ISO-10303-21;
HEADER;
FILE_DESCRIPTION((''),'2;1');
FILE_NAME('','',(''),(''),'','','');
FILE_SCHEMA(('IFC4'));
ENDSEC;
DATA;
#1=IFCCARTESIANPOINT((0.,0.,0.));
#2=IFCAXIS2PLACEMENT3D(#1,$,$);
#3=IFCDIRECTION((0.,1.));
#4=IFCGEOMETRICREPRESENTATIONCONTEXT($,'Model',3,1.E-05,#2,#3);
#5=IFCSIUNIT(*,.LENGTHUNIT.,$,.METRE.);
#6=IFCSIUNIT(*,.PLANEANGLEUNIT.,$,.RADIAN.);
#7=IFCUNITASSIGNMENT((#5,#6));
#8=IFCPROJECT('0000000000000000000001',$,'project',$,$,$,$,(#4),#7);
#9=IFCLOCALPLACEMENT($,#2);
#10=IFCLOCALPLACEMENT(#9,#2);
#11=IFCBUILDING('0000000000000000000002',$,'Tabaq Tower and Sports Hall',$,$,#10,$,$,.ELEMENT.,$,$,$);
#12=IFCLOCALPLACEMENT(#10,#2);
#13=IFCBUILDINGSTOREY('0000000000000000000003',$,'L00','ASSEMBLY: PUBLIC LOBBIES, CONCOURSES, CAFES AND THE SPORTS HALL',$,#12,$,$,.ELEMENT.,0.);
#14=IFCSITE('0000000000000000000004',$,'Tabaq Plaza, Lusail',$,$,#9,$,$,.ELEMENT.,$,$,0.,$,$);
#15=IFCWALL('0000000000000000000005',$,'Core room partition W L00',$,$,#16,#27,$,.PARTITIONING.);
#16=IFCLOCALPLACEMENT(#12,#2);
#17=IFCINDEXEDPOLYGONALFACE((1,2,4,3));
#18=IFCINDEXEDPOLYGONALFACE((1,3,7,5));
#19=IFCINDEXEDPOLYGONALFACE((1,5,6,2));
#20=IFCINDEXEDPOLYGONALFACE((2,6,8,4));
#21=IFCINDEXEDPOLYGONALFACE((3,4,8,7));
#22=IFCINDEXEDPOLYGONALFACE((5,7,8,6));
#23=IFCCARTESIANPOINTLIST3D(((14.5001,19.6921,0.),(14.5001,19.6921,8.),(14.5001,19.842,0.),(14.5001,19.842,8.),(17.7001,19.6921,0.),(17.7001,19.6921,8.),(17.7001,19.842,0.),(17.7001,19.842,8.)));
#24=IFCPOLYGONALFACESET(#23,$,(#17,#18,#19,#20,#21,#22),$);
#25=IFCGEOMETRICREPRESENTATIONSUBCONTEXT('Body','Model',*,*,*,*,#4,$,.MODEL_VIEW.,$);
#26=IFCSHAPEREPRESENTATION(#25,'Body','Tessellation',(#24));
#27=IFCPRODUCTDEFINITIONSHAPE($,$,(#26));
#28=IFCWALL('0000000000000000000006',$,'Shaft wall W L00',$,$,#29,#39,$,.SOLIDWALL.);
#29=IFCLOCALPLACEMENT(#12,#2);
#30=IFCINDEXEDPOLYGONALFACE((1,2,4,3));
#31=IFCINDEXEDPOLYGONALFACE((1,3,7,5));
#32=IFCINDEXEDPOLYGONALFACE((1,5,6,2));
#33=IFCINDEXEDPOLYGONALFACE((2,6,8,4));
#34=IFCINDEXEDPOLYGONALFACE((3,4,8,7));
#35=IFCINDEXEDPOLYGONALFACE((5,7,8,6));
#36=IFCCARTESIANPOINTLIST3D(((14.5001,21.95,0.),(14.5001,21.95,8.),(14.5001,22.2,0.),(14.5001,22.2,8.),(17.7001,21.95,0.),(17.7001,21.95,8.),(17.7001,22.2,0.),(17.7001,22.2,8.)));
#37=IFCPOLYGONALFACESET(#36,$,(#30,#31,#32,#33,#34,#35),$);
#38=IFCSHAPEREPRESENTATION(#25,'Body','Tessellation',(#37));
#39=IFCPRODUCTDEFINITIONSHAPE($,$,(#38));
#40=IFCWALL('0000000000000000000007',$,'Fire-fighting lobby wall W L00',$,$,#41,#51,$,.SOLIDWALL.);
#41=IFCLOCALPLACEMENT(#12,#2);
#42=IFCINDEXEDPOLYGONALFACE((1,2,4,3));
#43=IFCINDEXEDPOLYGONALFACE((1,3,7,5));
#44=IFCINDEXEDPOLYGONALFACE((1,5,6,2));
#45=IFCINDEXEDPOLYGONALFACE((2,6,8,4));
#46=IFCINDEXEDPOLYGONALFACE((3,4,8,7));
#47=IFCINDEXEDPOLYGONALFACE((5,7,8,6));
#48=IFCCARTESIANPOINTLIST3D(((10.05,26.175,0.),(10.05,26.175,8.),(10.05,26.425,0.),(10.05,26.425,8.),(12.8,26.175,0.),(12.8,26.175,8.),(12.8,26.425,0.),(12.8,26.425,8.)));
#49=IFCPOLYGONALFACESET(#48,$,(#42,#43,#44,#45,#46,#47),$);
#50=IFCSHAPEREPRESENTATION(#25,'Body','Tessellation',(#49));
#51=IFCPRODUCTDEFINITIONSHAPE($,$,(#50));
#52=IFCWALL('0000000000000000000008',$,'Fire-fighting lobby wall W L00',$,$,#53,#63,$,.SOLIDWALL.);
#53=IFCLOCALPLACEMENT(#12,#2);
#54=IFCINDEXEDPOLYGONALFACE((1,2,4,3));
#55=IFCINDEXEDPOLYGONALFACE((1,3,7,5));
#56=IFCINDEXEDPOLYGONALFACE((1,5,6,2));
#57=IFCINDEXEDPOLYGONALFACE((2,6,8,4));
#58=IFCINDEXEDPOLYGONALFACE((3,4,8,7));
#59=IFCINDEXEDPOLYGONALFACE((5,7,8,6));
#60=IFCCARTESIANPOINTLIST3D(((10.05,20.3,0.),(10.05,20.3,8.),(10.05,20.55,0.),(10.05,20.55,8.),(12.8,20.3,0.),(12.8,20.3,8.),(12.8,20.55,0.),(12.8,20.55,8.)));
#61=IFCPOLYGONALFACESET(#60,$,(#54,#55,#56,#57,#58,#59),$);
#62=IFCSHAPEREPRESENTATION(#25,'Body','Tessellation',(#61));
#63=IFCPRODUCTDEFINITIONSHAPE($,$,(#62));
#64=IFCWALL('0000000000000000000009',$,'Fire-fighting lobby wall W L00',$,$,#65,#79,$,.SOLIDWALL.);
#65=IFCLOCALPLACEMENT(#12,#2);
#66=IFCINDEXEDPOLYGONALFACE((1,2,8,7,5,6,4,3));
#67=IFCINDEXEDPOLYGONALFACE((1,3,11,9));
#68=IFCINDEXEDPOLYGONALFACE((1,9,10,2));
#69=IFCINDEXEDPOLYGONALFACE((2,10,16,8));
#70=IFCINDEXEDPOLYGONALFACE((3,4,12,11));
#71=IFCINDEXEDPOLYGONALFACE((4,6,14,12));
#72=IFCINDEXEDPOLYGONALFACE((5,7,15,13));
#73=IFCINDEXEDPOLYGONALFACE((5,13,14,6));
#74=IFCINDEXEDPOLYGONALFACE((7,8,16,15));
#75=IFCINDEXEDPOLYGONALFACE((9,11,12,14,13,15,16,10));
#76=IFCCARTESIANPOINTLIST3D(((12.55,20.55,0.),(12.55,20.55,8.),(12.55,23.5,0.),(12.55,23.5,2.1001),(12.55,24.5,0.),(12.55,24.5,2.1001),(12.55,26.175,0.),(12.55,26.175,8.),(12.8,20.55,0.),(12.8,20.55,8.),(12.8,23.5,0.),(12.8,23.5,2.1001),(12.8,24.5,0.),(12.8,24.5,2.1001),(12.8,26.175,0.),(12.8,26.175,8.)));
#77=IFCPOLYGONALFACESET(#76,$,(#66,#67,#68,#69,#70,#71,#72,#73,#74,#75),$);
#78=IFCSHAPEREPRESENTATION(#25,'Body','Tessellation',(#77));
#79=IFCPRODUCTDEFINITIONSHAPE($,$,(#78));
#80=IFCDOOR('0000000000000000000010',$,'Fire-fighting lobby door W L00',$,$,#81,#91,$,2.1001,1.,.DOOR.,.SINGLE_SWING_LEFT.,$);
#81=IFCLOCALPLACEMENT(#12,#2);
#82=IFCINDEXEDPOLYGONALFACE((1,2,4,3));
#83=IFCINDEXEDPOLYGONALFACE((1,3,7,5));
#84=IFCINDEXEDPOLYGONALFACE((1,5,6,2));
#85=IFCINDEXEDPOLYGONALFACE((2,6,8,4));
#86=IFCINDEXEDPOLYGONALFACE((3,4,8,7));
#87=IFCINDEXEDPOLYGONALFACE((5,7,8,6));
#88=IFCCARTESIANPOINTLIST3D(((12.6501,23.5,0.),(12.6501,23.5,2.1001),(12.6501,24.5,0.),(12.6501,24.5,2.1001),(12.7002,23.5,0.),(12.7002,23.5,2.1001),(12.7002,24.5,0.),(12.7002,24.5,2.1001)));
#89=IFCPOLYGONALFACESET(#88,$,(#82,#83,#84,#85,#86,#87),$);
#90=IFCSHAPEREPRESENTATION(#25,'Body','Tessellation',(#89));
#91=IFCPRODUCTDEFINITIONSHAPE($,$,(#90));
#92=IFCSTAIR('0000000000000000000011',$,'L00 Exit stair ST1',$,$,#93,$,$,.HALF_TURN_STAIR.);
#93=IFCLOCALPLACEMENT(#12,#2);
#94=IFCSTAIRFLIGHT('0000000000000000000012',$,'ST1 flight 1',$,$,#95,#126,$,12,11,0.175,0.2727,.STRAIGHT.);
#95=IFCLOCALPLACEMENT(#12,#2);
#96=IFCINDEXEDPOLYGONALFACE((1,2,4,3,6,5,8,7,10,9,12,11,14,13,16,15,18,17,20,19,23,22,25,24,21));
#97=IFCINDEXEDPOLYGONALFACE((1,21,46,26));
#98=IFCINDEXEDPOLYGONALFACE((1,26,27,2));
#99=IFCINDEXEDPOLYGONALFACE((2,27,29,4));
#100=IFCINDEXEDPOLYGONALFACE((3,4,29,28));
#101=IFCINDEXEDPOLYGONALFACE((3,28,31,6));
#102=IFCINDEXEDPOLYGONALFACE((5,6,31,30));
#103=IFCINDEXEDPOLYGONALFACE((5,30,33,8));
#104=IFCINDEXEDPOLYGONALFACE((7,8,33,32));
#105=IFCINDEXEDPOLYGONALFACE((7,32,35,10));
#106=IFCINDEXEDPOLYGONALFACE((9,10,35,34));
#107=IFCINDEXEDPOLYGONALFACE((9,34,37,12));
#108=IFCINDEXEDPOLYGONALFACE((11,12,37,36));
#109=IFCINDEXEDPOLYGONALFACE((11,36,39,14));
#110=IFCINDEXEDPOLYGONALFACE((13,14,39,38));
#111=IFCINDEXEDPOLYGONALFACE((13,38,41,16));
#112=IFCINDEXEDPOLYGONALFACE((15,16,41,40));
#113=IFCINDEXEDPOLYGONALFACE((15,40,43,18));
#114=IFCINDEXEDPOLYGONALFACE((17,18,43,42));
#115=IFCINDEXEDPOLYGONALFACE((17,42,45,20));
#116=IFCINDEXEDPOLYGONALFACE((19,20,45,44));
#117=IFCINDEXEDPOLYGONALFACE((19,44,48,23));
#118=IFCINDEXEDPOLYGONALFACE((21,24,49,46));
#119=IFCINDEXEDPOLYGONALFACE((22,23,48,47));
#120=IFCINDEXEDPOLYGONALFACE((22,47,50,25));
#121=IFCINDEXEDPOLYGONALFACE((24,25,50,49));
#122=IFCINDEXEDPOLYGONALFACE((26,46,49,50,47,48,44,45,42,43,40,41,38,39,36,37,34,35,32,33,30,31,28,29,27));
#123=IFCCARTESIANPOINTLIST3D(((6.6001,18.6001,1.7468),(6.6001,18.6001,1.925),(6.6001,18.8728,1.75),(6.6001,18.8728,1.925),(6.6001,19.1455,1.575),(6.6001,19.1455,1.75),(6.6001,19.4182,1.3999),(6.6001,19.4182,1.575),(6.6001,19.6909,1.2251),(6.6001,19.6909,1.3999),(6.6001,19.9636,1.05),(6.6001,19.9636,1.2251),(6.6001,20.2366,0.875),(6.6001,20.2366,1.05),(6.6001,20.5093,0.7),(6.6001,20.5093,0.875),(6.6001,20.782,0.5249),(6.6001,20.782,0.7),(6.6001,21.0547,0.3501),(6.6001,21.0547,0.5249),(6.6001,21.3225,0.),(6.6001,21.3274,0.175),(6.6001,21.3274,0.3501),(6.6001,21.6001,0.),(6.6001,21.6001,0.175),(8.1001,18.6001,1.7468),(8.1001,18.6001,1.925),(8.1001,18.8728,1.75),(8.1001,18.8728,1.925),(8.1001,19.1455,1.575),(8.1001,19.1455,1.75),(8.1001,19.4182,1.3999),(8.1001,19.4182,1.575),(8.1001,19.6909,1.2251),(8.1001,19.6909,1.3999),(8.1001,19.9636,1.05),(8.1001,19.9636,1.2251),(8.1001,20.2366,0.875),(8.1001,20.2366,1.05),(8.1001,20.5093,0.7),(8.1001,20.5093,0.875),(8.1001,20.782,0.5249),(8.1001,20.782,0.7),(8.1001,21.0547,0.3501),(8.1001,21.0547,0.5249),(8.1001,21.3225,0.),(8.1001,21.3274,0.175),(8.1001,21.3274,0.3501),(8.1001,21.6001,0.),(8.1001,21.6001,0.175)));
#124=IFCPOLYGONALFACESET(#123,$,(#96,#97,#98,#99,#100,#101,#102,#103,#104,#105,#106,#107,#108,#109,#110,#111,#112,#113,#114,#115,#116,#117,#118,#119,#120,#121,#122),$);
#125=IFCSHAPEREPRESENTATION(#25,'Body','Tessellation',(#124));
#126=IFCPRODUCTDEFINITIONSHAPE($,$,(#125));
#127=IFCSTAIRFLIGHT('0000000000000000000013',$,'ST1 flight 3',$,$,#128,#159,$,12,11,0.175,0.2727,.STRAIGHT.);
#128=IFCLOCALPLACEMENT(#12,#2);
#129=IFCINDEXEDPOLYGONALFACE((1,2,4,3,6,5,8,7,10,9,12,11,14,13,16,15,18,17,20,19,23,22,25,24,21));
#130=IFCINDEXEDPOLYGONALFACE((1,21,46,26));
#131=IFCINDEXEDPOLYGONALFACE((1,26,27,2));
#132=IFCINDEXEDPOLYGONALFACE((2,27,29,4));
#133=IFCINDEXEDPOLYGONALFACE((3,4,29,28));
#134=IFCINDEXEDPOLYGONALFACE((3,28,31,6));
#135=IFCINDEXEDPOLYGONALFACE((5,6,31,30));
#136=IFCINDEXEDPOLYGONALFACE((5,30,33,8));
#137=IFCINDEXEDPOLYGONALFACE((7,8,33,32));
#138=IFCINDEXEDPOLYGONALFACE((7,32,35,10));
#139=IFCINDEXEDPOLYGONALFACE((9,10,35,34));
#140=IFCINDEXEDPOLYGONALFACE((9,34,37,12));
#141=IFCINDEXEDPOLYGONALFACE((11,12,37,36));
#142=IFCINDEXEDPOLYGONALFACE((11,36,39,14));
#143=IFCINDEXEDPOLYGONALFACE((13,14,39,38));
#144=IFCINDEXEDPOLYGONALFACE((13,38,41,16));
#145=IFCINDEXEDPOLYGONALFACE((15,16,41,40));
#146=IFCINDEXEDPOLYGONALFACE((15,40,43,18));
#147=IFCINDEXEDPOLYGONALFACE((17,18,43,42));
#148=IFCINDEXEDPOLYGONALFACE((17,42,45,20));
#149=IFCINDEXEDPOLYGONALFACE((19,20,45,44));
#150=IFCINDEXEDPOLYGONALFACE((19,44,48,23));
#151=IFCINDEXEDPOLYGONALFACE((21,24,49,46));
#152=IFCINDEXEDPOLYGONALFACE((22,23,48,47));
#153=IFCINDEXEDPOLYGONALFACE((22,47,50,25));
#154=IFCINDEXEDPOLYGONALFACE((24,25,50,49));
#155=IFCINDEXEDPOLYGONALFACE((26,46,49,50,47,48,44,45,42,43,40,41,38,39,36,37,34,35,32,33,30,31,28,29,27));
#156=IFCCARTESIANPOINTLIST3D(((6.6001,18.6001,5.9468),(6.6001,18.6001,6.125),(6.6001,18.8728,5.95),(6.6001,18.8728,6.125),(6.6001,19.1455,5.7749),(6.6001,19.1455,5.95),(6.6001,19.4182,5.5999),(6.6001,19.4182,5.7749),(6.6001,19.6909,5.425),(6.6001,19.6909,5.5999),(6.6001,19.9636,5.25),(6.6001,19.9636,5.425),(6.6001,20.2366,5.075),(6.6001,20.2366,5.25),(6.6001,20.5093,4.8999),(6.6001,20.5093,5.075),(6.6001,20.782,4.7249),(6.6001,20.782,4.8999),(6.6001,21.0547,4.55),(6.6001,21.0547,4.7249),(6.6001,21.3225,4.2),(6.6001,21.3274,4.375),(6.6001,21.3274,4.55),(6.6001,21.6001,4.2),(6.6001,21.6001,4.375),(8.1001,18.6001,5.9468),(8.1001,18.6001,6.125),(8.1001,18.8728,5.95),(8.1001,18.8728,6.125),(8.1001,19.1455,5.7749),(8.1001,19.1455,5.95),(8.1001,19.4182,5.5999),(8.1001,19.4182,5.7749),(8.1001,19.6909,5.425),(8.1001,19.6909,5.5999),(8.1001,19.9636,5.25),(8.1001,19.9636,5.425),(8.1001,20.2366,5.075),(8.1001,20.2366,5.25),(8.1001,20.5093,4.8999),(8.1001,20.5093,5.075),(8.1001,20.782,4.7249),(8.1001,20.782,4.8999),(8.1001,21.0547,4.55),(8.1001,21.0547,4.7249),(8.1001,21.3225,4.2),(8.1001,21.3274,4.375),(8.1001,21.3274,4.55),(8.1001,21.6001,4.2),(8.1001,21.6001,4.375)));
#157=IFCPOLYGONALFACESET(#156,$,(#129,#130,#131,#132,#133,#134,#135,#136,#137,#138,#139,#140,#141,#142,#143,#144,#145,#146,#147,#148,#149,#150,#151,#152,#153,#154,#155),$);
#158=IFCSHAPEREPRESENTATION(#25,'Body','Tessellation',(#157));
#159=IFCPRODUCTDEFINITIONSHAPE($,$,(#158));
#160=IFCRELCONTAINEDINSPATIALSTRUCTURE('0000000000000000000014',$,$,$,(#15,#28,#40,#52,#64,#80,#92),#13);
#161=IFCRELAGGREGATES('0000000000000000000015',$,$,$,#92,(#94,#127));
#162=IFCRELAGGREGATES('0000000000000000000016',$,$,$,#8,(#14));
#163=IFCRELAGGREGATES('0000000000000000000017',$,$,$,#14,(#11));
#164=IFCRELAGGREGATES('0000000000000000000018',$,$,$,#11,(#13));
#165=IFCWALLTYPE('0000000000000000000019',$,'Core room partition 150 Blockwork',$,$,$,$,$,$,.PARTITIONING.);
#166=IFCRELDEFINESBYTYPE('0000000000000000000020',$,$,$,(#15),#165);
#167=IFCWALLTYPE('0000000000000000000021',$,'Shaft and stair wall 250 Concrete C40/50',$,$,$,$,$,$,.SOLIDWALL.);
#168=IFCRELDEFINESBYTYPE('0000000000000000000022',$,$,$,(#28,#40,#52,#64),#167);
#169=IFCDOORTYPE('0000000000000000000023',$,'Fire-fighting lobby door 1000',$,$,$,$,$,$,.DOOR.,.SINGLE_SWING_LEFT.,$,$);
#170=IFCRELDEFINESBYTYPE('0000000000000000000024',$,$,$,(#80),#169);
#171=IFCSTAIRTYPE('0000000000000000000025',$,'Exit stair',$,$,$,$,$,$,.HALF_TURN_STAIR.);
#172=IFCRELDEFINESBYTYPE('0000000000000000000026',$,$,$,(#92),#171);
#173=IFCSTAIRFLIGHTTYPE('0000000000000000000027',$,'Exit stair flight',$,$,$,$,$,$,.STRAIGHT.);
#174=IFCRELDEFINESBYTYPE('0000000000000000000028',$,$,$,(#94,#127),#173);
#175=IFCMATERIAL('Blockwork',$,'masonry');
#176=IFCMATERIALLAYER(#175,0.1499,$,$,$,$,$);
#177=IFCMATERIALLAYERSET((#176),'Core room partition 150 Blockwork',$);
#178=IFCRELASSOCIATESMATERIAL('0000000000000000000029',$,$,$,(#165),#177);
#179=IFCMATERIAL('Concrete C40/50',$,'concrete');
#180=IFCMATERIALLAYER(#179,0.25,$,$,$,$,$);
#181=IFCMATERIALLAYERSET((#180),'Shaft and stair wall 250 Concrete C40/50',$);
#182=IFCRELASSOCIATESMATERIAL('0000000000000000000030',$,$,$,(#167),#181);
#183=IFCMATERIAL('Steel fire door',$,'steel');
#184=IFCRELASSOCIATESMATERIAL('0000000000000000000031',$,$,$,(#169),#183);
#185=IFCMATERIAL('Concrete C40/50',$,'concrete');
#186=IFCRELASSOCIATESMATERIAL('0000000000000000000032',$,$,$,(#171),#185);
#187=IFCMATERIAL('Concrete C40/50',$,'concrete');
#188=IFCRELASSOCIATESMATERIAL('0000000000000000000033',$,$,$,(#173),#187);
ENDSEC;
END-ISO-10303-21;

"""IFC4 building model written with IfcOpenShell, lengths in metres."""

from ifc_helpers import new_model, si_unit, direction, frame, frame_2d, origin, place, context, subcontext, project, spatial, polyline, rectangle, outline, extrude, material, layer, layer_set, type_object, element, fill, aggregate, save


model = new_model("IFC4")

# Units and contexts
model_context = context("Model", 3, precision=1e-05, world=origin(), true_north=direction((0.0, 1.0)))
body_context = subcontext(model_context, "Body", "Model", "MODEL_VIEW")
ifc_project = project(units=[si_unit("LENGTHUNIT", "METRE"), si_unit("PLANEANGLEUNIT", "RADIAN")], contexts=[model_context])

# Site, building, storey
site_placement = place(None, origin())
site = spatial("IfcSite", under=ifc_project, at=site_placement, Name="Tabaq Plaza, Lusail", CompositionType="ELEMENT", RefElevation=0.0)
building_placement = place(site_placement, origin())
building = spatial("IfcBuilding", under=site, at=building_placement, Name="Tabaq Tower and Sports Hall", CompositionType="ELEMENT")
storey_placement = place(building_placement, origin())
storey = spatial("IfcBuildingStorey", under=building, at=storey_placement, Name="L00", Description="ASSEMBLY: PUBLIC LOBBIES, CONCOURSES, CAFES AND THE SPORTS HALL", CompositionType="ELEMENT", Elevation=0.0)

# Walls
ifc_material_1 = material(Name="Blockwork", Category="masonry")
ifc_layer_1 = layer(ifc_material_1, 0.1499)
ifc_layer_set_1 = layer_set([ifc_layer_1], Name="Core room partition 150 Blockwork")
wall_type_1 = type_object("IfcWallType", Name="Core room partition 150 Blockwork", PredefinedType="PARTITIONING", material=ifc_layer_set_1)
wall_1_placement = place(storey_placement, frame((14.5, 19.7671, 0.0), z_axis=(0.0, 0.0, 1.0), x_axis=(1.0, 0.0, 0.0)))
element("IfcWall", 1, at=wall_1_placement, inside=storey, type_object=wall_type_1, Name="Core room partition W L00", PredefinedType="PARTITIONING", context=body_context, shape_type="SweptSolid", body=[
    extrude(rectangle(XDim=3.2, YDim=0.1499, at=frame_2d((1.6001, 0.0))), origin(), (0.0, 0.0, 1.0), 8.0),
])
ifc_material_2 = material(Name="Concrete C40/50", Category="concrete")
ifc_layer_2 = layer(ifc_material_2, 0.25)
ifc_layer_set_2 = layer_set([ifc_layer_2], Name="Shaft and stair wall 250 Concrete C40/50")
wall_type_2 = type_object("IfcWallType", Name="Shaft and stair wall 250 Concrete C40/50", PredefinedType="SOLIDWALL", material=ifc_layer_set_2)
wall_2_placement = place(storey_placement, frame((14.5, 22.075, 0.0), z_axis=(0.0, 0.0, 1.0), x_axis=(1.0, 0.0, 0.0)))
element("IfcWall", 2, at=wall_2_placement, inside=storey, type_object=wall_type_2, Name="Shaft wall W L00", PredefinedType="SOLIDWALL", context=body_context, shape_type="SweptSolid", body=[
    extrude(rectangle(XDim=3.2, YDim=0.25, at=frame_2d((1.6001, 0.0))), origin(), (0.0, 0.0, 1.0), 8.0),
])
for number, where, z_axis, x_axis, name in (
    (3, (10.05, 26.3, 0.0), (0.0, 0.0, 1.0), (1.0, 0.0, 0.0), "Fire-fighting lobby wall W L00"),
    (4, (10.05, 20.425, 0.0), (0.0, 0.0, 1.0), (1.0, 0.0, 0.0), "Fire-fighting lobby wall W L00"),
):
    element("IfcWall", number, at=place(storey_placement, frame(where, z_axis=z_axis, x_axis=x_axis)), inside=storey, type_object=wall_type_2, Name=name, PredefinedType="SOLIDWALL", context=body_context, shape_type="SweptSolid", body=[
        extrude(rectangle(XDim=2.75, YDim=0.25, at=frame_2d((1.375, 0.0))), origin(), (0.0, 0.0, 1.0), 8.0),
    ])

# Wall, opening, door
wall_3_placement = place(storey_placement, frame((12.675, 20.55, 0.0), z_axis=(0.0, 0.0, 1.0), x_axis=(0.0, 1.0, 0.0)))
wall_3 = element("IfcWall", 5, at=wall_3_placement, inside=storey, type_object=wall_type_2, Name="Fire-fighting lobby wall W L00", PredefinedType="SOLIDWALL", context=body_context, shape_type="SweptSolid", body=[
    extrude(rectangle(XDim=5.625, YDim=0.25, at=frame_2d((2.8125, 0.0))), origin(), (0.0, 0.0, 1.0), 8.0),
])
opening_placement = place(wall_3_placement, frame((2.95, 0.0, 0.0)))
opening = element("IfcOpeningElement", 6, at=opening_placement, cuts=wall_3, PredefinedType="OPENING", context=body_context, shape_type="SweptSolid", body=[
    extrude(rectangle(XDim=1.0, YDim=2.1001, at=frame_2d((0.5, 1.05))), frame((0.0, 0.125, 0.0), z_axis=(0.0, -1.0, 0.0), x_axis=(1.0, 0.0, 0.0)), (0.0, 0.0, 1.0), 0.25),
])
ifc_material_3 = material(Name="Steel fire door", Category="steel")
door_type = type_object("IfcDoorType", Name="Fire-fighting lobby door 1000", OperationType="SINGLE_SWING_LEFT", PredefinedType="DOOR", material=ifc_material_3)
door_placement = place(opening_placement, origin())
door = element("IfcDoor", 7, at=door_placement, inside=storey, type_object=door_type, Name="Fire-fighting lobby door W L00", OperationType="SINGLE_SWING_LEFT", OverallHeight=2.1001, OverallWidth=1.0, PredefinedType="DOOR", context=body_context, shape_type="SweptSolid", body=[
    extrude(rectangle(XDim=1.0, YDim=2.1001, at=frame_2d((0.5, 1.05))), frame((0.0, 0.0249, 0.0), z_axis=(0.0, -1.0, 0.0), x_axis=(1.0, 0.0, 0.0)), (0.0, 0.0, 1.0), 0.05),
])
fill(opening, door)

# Stair, stair flights
ifc_material_4 = material(Name="Concrete C40/50", Category="concrete")
stair_type = type_object("IfcStairType", Name="Exit stair", PredefinedType="HALF_TURN_STAIR", material=ifc_material_4)
stair_placement = place(storey_placement, origin())
stair = element("IfcStair", 8, at=stair_placement, inside=storey, type_object=stair_type, Name="L00 Exit stair ST1", PredefinedType="HALF_TURN_STAIR")
ifc_material_5 = material(Name="Concrete C40/50", Category="concrete")
stair_flight_type = type_object("IfcStairFlightType", Name="Exit stair flight", PredefinedType="STRAIGHT", material=ifc_material_5)
stair_flight_1_placement = place(storey_placement, frame((7.3501, 21.6001, 0.0), z_axis=(0.0, 0.0, 1.0), x_axis=(0.0, -1.0, 0.0)))
stair_flight_1 = element("IfcStairFlight", 9, at=stair_flight_1_placement, type_object=stair_flight_type, Name="ST1 flight 1", NumberOfRisers=12, NumberOfTreads=11, PredefinedType="STRAIGHT", RiserHeight=0.175, TreadLength=0.2727, context=body_context, shape_type="SweptSolid", body=[
    extrude(outline(polyline([(0.0, 0.0), (0.0, 0.175), (0.2727, 0.175), (0.2727, 0.3501), (0.5454, 0.3501), (0.5454, 0.5249), (0.8181, 0.5249), (0.8181, 0.7), (1.0908, 0.7), (1.0908, 0.875), (1.3635, 0.875), (1.3635, 1.05), (1.6365, 1.05), (1.6365, 1.2251), (1.9092, 1.2251), (1.9092, 1.3999), (2.1819, 1.3999), (2.1819, 1.575), (2.4546, 1.575), (2.4546, 1.75), (2.7273, 1.75), (2.7273, 1.925), (3.0, 1.925), (3.0, 2.1001), (3.0, 1.7468), (0.2776, 0.0), (0.0, 0.0)])), frame((0.0, 0.75, 0.0), z_axis=(0.0, -1.0, 0.0), x_axis=(1.0, 0.0, 0.0)), (0.0, 0.0, 1.0), 1.5),
])
stair_flight_2_placement = place(storey_placement, frame((7.3501, 21.6001, 4.2), z_axis=(0.0, 0.0, 1.0), x_axis=(0.0, -1.0, 0.0)))
stair_flight_2 = element("IfcStairFlight", 10, at=stair_flight_2_placement, type_object=stair_flight_type, Name="ST1 flight 3", NumberOfRisers=12, NumberOfTreads=11, PredefinedType="STRAIGHT", RiserHeight=0.175, TreadLength=0.2727, context=body_context, shape_type="SweptSolid", body=[
    extrude(outline(polyline([(0.0, 0.0), (0.0, 0.175), (0.2727, 0.175), (0.2727, 0.3501), (0.5454, 0.3501), (0.5454, 0.5249), (0.8181, 0.5249), (0.8181, 0.7), (1.0908, 0.7), (1.0908, 0.875), (1.3635, 0.875), (1.3635, 1.05), (1.6365, 1.05), (1.6365, 1.2251), (1.9092, 1.2251), (1.9092, 1.3999), (2.1819, 1.3999), (2.1819, 1.575), (2.4546, 1.575), (2.4546, 1.75), (2.7273, 1.75), (2.7273, 1.925), (3.0, 1.925), (3.0, 2.1001), (3.0, 1.7468), (0.2776, 0.0), (0.0, 0.0)])), frame((0.0, 0.75, 0.0), z_axis=(0.0, -1.0, 0.0), x_axis=(1.0, 0.0, 0.0)), (0.0, 0.0, 1.0), 1.5),
])
aggregate(stair, [stair_flight_1, stair_flight_2])

save(model, "model.ifc")
